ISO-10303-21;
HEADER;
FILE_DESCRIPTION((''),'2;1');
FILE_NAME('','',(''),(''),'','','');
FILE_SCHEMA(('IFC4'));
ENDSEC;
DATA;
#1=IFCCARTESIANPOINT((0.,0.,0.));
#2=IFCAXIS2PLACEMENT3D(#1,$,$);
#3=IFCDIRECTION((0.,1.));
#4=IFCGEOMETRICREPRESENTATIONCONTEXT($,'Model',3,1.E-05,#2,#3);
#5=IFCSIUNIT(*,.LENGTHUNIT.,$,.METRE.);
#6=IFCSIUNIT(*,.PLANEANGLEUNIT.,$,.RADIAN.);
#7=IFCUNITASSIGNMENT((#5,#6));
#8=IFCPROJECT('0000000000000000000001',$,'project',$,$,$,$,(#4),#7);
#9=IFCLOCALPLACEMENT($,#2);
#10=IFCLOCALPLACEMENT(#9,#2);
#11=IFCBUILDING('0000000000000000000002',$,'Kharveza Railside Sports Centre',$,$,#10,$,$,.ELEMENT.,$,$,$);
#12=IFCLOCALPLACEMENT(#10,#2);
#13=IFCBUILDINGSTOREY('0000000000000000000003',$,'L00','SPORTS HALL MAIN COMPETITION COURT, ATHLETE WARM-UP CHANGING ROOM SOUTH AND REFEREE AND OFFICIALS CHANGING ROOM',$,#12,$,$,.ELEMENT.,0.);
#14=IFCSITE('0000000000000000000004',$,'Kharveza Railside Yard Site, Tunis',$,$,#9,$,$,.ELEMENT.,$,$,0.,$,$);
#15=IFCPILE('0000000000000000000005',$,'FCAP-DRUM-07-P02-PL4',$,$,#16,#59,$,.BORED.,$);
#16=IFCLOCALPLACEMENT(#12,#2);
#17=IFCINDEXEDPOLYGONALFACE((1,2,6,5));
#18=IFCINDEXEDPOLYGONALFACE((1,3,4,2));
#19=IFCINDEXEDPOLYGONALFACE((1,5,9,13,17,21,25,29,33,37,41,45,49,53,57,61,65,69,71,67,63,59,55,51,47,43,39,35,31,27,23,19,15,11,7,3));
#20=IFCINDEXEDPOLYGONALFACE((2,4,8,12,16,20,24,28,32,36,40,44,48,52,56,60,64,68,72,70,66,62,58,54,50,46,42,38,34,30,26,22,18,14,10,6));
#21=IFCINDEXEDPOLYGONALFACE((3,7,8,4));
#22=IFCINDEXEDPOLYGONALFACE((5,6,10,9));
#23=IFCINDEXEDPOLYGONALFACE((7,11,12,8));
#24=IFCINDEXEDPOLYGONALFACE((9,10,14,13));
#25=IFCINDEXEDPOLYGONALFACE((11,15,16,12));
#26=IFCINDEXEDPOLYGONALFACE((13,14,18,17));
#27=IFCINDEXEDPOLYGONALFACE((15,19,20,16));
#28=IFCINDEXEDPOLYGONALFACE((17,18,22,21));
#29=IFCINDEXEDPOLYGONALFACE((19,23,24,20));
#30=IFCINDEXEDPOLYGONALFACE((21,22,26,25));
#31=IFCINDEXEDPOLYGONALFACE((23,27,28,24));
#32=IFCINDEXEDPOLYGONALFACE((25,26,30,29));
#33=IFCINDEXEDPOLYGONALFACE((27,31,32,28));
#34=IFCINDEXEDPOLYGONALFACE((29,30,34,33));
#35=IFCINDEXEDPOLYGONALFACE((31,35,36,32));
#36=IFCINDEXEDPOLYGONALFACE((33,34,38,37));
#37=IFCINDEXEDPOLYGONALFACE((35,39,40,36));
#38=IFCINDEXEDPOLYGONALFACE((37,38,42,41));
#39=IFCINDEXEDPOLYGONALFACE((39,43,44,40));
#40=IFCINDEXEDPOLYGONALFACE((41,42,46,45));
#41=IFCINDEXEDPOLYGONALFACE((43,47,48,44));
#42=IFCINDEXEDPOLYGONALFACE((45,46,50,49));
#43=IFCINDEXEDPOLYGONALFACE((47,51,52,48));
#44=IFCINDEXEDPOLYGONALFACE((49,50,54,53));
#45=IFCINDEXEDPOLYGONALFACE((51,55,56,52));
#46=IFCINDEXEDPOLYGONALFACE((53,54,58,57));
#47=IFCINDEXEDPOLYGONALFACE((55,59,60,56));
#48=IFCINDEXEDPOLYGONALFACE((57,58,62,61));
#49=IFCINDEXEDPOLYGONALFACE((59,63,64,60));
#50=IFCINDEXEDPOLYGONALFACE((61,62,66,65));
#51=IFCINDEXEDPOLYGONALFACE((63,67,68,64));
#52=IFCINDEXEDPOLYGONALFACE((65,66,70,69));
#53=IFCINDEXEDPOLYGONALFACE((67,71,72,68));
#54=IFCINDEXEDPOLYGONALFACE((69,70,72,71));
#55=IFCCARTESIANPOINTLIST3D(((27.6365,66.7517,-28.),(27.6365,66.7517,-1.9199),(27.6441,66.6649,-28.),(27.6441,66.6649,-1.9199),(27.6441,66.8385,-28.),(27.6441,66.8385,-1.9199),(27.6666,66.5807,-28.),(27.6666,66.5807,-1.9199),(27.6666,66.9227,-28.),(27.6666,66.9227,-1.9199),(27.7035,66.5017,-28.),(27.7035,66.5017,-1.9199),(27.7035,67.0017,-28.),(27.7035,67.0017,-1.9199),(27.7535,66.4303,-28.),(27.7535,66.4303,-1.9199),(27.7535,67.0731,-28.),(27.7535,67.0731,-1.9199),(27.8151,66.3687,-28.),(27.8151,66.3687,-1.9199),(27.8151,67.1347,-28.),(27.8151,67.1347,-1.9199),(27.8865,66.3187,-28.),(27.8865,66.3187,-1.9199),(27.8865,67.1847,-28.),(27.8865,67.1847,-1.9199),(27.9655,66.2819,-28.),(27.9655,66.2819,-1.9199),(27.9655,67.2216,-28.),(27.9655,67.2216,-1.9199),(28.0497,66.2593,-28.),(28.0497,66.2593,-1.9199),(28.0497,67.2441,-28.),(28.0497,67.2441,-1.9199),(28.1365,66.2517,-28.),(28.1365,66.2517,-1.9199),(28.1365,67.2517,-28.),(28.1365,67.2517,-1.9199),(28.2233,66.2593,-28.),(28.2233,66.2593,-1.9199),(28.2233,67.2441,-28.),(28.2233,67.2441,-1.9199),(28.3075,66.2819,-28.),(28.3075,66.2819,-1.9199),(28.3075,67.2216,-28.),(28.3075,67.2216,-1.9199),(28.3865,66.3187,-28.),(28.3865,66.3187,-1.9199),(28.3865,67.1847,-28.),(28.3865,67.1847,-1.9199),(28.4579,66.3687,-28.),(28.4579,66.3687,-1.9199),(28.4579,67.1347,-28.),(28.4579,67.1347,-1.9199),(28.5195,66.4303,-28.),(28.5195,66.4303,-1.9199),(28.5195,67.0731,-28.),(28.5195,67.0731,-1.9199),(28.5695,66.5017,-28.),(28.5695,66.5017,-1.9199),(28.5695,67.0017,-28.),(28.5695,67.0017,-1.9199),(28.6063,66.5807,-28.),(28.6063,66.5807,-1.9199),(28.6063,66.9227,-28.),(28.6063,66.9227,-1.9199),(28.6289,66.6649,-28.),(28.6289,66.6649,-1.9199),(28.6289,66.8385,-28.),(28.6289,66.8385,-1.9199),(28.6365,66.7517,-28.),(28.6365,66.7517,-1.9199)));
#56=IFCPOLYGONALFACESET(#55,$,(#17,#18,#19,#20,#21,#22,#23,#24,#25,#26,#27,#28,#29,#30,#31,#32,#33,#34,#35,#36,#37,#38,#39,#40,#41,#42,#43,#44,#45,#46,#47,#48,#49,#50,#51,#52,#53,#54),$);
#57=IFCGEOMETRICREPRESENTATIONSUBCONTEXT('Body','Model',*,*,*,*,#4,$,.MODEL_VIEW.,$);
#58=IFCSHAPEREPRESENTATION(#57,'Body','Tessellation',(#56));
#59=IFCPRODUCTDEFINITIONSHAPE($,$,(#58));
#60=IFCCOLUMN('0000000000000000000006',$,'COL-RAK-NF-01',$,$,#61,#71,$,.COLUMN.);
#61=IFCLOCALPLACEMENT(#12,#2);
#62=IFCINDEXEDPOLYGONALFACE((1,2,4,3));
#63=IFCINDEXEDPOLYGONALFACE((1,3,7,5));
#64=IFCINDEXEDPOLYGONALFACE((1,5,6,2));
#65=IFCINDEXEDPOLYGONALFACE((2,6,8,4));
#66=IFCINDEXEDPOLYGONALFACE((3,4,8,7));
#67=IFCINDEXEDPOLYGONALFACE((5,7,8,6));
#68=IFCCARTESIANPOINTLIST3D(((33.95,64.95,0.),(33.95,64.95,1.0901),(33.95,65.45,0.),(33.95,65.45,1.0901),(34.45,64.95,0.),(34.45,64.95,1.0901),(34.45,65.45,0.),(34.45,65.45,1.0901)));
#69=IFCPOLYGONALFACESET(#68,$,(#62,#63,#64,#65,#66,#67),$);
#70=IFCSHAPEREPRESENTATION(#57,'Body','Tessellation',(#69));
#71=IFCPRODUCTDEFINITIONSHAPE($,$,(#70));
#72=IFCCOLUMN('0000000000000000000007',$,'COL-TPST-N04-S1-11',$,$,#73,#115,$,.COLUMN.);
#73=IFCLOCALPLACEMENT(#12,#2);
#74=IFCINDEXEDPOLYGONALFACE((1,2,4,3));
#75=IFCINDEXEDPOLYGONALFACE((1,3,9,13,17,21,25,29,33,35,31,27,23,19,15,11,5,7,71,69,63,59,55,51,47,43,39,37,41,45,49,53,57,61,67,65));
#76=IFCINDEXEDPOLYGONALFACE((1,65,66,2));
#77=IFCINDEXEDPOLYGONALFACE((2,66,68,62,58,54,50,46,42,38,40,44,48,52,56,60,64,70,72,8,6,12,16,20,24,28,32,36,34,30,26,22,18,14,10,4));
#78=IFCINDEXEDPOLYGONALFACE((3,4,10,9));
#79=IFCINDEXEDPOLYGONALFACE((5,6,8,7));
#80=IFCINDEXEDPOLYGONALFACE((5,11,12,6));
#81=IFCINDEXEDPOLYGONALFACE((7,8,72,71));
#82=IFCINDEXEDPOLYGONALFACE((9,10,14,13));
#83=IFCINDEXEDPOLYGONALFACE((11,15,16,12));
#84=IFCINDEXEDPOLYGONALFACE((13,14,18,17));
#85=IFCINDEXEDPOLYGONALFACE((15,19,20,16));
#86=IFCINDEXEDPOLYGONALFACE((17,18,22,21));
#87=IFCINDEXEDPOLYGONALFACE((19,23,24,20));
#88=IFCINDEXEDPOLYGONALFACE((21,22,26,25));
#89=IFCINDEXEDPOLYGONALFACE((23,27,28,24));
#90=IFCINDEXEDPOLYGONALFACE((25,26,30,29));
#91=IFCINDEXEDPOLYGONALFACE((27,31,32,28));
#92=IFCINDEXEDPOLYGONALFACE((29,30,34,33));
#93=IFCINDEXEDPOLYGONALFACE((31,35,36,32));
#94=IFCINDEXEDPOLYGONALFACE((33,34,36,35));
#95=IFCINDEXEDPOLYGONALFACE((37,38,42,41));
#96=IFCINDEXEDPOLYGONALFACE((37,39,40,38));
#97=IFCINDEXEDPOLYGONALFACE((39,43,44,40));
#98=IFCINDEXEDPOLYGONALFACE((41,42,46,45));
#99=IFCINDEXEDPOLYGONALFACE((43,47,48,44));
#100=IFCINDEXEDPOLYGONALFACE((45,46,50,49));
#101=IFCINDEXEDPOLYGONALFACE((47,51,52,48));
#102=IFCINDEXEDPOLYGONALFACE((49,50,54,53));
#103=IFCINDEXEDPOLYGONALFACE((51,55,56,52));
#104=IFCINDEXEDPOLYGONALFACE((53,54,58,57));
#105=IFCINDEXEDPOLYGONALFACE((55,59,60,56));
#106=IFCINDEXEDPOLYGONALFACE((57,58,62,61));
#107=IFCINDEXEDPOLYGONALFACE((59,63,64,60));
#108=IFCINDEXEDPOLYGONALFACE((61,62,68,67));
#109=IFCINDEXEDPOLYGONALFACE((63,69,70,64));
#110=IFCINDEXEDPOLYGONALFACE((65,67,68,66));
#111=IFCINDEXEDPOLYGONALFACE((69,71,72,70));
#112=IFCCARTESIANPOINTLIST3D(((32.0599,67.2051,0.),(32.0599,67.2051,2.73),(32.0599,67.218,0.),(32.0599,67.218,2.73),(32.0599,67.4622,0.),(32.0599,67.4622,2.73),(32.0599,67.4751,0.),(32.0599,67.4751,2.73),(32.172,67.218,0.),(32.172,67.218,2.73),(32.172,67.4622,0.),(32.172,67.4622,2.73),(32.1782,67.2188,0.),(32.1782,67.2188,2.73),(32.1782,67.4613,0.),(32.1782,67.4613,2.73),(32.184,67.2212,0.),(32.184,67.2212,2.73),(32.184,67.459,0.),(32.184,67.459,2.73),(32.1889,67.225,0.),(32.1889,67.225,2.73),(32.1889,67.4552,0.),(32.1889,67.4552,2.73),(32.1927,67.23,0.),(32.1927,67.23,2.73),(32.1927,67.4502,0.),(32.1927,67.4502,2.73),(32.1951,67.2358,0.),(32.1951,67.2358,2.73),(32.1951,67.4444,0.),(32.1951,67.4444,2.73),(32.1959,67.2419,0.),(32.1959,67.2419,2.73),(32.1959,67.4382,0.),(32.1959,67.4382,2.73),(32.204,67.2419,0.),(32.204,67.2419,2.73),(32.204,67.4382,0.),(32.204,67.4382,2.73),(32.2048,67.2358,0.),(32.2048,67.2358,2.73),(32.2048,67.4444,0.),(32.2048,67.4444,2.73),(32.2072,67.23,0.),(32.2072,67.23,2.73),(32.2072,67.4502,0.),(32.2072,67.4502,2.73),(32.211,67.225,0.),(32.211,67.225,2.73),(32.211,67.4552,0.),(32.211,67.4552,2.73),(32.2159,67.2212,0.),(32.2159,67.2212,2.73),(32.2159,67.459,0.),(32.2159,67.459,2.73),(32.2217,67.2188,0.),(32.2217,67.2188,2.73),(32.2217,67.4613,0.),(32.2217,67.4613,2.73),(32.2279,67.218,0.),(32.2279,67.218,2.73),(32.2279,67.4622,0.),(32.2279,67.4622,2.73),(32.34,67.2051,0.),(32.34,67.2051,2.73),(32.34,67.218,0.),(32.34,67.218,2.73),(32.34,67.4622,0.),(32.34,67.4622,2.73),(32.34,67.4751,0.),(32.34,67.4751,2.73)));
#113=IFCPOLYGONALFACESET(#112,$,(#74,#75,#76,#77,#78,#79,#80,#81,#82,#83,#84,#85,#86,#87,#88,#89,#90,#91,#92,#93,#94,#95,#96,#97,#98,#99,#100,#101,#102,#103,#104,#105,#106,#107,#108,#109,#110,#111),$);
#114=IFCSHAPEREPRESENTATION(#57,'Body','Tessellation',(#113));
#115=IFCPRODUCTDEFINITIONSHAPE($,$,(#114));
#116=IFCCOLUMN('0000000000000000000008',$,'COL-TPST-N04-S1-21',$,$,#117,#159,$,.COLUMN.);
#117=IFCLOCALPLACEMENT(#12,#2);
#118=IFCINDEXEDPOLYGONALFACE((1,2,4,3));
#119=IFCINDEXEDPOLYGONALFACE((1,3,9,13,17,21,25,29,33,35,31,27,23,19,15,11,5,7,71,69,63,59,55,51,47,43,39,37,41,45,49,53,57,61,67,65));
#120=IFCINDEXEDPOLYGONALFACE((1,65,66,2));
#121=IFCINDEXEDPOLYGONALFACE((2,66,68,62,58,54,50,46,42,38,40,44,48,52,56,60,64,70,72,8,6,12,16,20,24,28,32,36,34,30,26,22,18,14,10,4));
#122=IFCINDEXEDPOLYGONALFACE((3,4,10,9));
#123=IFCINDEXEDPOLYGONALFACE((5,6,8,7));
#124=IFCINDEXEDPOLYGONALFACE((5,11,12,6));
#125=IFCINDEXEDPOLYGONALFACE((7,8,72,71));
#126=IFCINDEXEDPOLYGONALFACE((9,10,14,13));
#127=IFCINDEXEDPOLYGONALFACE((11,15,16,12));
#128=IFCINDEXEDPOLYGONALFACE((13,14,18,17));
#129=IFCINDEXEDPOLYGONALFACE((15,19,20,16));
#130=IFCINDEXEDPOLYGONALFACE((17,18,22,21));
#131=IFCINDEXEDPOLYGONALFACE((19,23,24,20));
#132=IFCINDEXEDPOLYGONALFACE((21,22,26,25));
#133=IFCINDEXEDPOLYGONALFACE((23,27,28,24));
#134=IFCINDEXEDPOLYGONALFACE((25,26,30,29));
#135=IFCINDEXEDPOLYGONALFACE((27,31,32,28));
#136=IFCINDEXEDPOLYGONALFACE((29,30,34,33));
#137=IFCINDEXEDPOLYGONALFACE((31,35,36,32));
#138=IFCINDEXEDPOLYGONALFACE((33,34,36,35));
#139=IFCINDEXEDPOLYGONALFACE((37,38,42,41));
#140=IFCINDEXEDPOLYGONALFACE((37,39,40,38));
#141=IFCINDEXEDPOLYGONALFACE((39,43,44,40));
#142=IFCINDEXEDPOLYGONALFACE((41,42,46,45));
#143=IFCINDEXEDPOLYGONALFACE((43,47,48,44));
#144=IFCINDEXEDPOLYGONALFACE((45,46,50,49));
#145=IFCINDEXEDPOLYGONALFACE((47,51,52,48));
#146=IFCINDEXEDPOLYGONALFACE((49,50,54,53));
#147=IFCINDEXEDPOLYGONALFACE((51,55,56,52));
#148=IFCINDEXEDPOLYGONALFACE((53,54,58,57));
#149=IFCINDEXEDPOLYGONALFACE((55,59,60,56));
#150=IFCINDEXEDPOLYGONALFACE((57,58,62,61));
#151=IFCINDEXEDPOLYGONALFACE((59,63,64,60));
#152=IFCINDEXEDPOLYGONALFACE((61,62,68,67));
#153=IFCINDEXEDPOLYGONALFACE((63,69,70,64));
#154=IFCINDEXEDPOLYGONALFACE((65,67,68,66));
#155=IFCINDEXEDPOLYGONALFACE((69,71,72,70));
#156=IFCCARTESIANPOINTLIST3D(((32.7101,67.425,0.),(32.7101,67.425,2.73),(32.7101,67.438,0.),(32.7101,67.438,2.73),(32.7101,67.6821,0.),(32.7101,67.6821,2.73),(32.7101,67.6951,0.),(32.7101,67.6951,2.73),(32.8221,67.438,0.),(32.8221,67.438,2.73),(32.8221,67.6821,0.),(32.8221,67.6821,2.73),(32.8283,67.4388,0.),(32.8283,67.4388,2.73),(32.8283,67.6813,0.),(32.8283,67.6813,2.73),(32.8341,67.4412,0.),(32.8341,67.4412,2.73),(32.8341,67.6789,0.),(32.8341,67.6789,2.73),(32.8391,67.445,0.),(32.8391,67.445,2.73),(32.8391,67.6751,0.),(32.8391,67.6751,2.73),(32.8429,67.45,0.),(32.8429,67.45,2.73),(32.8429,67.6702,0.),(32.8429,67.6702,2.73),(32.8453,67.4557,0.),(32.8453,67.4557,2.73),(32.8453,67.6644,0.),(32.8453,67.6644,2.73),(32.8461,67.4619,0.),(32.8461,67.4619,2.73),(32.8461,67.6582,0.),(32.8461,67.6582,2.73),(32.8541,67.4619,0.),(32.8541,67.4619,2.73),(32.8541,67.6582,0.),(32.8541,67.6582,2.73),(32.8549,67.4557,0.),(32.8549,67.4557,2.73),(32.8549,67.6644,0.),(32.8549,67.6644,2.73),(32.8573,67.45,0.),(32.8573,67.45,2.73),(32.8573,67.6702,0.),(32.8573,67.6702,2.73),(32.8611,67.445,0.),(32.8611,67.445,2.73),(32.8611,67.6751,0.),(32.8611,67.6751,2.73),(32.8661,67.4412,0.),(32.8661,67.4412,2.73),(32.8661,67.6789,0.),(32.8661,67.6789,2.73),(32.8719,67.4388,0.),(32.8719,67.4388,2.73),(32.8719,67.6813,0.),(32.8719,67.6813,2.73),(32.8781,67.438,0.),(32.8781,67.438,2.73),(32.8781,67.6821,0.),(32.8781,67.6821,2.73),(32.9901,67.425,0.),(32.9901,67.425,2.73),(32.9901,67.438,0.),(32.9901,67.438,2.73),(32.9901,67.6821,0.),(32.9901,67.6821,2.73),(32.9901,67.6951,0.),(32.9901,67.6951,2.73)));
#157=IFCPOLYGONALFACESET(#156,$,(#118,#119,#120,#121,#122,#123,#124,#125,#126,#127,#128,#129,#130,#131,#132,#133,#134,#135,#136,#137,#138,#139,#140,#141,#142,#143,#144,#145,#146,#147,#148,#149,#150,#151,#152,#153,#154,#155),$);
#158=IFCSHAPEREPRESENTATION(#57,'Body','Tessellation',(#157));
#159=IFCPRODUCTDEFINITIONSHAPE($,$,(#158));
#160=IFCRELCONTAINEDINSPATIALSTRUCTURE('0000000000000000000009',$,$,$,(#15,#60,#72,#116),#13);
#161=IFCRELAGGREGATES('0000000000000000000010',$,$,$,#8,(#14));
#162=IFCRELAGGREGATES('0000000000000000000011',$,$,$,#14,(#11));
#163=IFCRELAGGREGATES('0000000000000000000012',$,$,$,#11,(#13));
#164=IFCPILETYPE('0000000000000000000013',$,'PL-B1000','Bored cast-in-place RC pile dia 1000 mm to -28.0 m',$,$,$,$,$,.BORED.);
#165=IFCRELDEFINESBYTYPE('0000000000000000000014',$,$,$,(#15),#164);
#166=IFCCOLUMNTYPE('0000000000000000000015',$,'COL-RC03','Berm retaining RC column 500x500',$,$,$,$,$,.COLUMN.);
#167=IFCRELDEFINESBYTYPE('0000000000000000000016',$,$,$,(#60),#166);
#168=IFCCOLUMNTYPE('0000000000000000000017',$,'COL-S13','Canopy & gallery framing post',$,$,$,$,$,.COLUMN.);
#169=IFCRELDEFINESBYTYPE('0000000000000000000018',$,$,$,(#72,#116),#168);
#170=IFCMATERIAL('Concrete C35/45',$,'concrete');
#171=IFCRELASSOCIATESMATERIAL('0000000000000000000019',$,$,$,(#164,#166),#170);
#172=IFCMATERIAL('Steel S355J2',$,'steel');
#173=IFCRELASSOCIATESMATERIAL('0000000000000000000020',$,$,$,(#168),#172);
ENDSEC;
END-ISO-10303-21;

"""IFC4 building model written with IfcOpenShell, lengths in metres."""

from ifc_helpers import new_model, si_unit, direction, frame, origin, origin_2d, place, context, subcontext, project, spatial, rectangle, circle, i_section, extrude, material, material_profile, profile_set, type_object, element, save


model = new_model("IFC4")

# Units and contexts
model_context = context("Model", 3, precision=1e-05, world=origin(), true_north=direction((0.0, 1.0)))
body_context = subcontext(model_context, "Body", "Model", "MODEL_VIEW")
ifc_project = project(units=[si_unit("LENGTHUNIT", "METRE"), si_unit("PLANEANGLEUNIT", "RADIAN")], contexts=[model_context])

# Site, building, storey
site_placement = place(None, origin())
site = spatial("IfcSite", under=ifc_project, at=site_placement, Name="Kharveza Railside Yard Site, Tunis", CompositionType="ELEMENT", RefElevation=0.0)
building_placement = place(site_placement, origin())
building = spatial("IfcBuilding", under=site, at=building_placement, Name="Kharveza Railside Sports Centre", CompositionType="ELEMENT")
storey_placement = place(building_placement, origin())
storey = spatial("IfcBuildingStorey", under=building, at=storey_placement, Name="L00", Description="SPORTS HALL MAIN COMPETITION COURT, ATHLETE WARM-UP CHANGING ROOM SOUTH AND REFEREE AND OFFICIALS CHANGING ROOM", CompositionType="ELEMENT", Elevation=0.0)

# Pile
ifc_material_1 = material(Name="Concrete C35/45", Category="concrete")
ifc_material_profile_1 = material_profile(ifc_material_1, circle(Radius=0.5, at=origin_2d()), Name="PILE D1000")
ifc_profile_set_1 = profile_set([ifc_material_profile_1], Name="Concrete C35/45")
pile_type = type_object("IfcPileType", Name="PL-B1000", Description="Bored cast-in-place RC pile dia 1000 mm to -28.0 m", PredefinedType="BORED", material=ifc_profile_set_1)
pile_placement = place(storey_placement, frame((28.1365, 66.7517, -1.9199), z_axis=(0.0, 0.0, -1.0), x_axis=(1.0, 0.0, 0.0)))
element("IfcPile", 1, at=pile_placement, inside=storey, type_object=pile_type, Name="FCAP-DRUM-07-P02-PL4", PredefinedType="BORED", context=body_context, shape_type="SweptSolid", body=[
    extrude(circle(Radius=0.5, at=origin_2d()), origin(), (0.0, 0.0, 1.0), 26.0801),
])

# Columns
ifc_material_profile_2 = material_profile(ifc_material_1, rectangle(XDim=0.5, YDim=0.5, at=origin_2d()), Name="RC 500x500")
ifc_profile_set_2 = profile_set([ifc_material_profile_2], Name="Concrete C35/45")
column_type_1 = type_object("IfcColumnType", Name="COL-RC03", Description="Berm retaining RC column 500x500", PredefinedType="COLUMN", material=ifc_profile_set_2)
column_1_placement = place(storey_placement, frame((34.2, 65.2, 0.0), z_axis=(0.0, 0.0, 1.0), x_axis=(1.0, 0.0, 0.0)))
element("IfcColumn", 2, at=column_1_placement, inside=storey, type_object=column_type_1, Name="COL-RAK-NF-01", PredefinedType="COLUMN", context=body_context, shape_type="SweptSolid", body=[
    extrude(rectangle(XDim=0.5, YDim=0.5, at=origin_2d()), origin(), (0.0, 0.0, 1.0), 1.0901),
])
ifc_material_2 = material(Name="Steel S355J2", Category="steel")
ifc_material_profile_3 = material_profile(ifc_material_2, i_section(OverallWidth=0.28, OverallDepth=0.27, WebThickness=0.0081, FlangeThickness=0.0129, FilletRadius=0.0239, at=origin_2d()), Name="HEA 280")
ifc_profile_set_3 = profile_set([ifc_material_profile_3], Name="Steel S355J2")
column_type_2 = type_object("IfcColumnType", Name="COL-S13", Description="Canopy & gallery framing post", PredefinedType="COLUMN", material=ifc_profile_set_3)
for number, where, z_axis, x_axis, name in (
    (3, (32.2, 67.3401, 0.0), (0.0, 0.0, 1.0), (1.0, 0.0, 0.0), "COL-TPST-N04-S1-11"),
    (4, (32.8501, 67.5601, 0.0), (0.0, 0.0, 1.0), (1.0, 0.0, 0.0), "COL-TPST-N04-S1-21"),
):
    element("IfcColumn", number, at=place(storey_placement, frame(where, z_axis=z_axis, x_axis=x_axis)), inside=storey, type_object=column_type_2, Name=name, PredefinedType="COLUMN", context=body_context, shape_type="SweptSolid", body=[
        extrude(i_section(OverallWidth=0.28, OverallDepth=0.27, WebThickness=0.0081, FlangeThickness=0.0129, FilletRadius=0.0239, at=origin_2d()), origin(), (0.0, 0.0, 1.0), 2.73),
    ])

save(model, "model.ifc")
